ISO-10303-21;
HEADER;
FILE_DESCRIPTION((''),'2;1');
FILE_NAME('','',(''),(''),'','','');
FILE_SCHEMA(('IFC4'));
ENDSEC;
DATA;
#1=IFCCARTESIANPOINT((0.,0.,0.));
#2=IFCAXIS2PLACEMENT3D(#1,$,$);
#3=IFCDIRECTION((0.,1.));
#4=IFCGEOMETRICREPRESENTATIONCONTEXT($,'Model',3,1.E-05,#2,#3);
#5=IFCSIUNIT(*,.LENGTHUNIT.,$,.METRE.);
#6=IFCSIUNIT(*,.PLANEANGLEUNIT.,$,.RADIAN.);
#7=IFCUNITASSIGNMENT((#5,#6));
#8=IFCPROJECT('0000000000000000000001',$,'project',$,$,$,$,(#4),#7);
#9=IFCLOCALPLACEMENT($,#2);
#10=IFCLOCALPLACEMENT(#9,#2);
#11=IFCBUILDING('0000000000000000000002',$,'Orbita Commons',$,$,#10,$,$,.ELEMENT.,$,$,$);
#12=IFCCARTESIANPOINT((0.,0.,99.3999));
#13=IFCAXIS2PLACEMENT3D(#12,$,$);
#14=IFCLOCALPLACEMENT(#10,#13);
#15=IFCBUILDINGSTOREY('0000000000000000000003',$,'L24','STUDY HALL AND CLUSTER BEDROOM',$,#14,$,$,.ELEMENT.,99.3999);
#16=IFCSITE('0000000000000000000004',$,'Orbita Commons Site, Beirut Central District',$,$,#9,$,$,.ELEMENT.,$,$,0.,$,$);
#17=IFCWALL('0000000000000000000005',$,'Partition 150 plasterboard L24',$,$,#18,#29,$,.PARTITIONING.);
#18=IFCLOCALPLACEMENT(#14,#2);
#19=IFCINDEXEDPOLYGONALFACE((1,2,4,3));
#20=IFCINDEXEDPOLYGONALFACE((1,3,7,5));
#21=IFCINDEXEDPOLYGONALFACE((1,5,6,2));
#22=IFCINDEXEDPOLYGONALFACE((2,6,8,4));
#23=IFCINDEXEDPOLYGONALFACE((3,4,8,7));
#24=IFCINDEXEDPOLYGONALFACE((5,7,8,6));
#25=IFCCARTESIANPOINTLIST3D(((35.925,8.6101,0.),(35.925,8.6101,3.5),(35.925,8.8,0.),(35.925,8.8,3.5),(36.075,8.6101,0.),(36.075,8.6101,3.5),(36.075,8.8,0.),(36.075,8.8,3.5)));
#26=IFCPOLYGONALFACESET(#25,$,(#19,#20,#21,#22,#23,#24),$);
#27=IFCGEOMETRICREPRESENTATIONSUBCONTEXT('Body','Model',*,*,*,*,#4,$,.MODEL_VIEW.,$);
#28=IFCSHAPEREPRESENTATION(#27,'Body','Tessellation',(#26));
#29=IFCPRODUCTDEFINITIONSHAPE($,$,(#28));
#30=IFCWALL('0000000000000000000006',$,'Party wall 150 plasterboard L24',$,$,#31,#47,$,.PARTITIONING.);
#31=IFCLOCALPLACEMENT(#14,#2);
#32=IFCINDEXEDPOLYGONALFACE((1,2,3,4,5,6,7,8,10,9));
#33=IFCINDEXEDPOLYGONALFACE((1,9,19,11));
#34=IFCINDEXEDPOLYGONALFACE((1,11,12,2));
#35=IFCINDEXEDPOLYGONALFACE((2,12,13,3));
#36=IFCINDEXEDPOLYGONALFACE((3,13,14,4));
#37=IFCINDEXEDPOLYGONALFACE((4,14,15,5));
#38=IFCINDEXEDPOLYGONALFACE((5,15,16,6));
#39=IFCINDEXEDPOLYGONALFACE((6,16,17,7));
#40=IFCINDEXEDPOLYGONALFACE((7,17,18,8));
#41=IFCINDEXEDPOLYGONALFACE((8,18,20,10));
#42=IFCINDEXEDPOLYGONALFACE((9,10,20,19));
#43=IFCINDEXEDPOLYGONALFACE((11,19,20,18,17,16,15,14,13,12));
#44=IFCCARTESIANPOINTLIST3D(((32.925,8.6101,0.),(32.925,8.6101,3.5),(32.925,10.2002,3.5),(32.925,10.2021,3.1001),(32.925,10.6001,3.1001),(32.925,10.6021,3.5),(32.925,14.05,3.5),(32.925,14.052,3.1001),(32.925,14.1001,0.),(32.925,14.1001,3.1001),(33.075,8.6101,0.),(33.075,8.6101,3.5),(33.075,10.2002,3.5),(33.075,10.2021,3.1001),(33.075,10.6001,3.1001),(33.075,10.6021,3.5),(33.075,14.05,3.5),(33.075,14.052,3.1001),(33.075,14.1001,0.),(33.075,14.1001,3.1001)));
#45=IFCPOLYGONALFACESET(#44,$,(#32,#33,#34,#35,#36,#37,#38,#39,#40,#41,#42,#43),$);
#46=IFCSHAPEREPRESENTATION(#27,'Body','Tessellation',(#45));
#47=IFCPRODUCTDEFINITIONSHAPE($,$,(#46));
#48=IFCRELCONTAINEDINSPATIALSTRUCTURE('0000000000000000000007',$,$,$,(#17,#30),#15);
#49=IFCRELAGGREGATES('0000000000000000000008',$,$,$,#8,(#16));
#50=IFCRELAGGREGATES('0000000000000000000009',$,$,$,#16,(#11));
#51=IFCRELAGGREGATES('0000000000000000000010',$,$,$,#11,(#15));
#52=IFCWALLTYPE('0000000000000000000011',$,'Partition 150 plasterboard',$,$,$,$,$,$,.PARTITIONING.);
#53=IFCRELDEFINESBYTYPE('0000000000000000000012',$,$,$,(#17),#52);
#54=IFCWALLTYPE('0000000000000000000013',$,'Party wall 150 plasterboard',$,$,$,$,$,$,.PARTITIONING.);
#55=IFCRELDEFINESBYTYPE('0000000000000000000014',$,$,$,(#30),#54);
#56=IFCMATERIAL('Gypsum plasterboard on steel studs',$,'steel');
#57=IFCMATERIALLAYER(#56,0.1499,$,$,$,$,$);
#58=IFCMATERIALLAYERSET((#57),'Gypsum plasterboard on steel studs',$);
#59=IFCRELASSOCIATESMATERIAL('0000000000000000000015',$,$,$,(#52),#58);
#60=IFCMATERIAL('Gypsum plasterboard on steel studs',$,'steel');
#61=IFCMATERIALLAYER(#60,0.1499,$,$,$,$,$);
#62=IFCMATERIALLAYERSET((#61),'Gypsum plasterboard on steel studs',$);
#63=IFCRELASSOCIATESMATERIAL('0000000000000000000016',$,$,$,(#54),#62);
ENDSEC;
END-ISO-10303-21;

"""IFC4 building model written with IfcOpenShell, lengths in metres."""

from ifc_helpers import new_model, si_unit, direction, frame, frame_2d, origin, place, context, subcontext, project, spatial, polyline, rectangle, outline, extrude, material, layer, layer_set, type_object, element, save


model = new_model("IFC4")

# Units and contexts
model_context = context("Model", 3, precision=1e-05, world=origin(), true_north=direction((0.0, 1.0)))
body_context = subcontext(model_context, "Body", "Model", "MODEL_VIEW")
ifc_project = project(units=[si_unit("LENGTHUNIT", "METRE"), si_unit("PLANEANGLEUNIT", "RADIAN")], contexts=[model_context])

# Site, building, storey
site_placement = place(None, origin())
site = spatial("IfcSite", under=ifc_project, at=site_placement, Name="Orbita Commons Site, Beirut Central District", CompositionType="ELEMENT", RefElevation=0.0)
building_placement = place(site_placement, origin())
building = spatial("IfcBuilding", under=site, at=building_placement, Name="Orbita Commons", CompositionType="ELEMENT")
storey_placement = place(building_placement, frame((0.0, 0.0, 99.3999)))
storey = spatial("IfcBuildingStorey", under=building, at=storey_placement, Name="L24", Description="STUDY HALL AND CLUSTER BEDROOM", CompositionType="ELEMENT", Elevation=99.3999)

# Walls
ifc_material_1 = material(Name="Gypsum plasterboard on steel studs", Category="steel")
ifc_layer_1 = layer(ifc_material_1, 0.1499)
ifc_layer_set_1 = layer_set([ifc_layer_1], Name="Gypsum plasterboard on steel studs")
wall_type_1 = type_object("IfcWallType", Name="Partition 150 plasterboard", PredefinedType="PARTITIONING", material=ifc_layer_set_1)
for number, where, z_axis, x_axis, name in (
    (1, (36.0, 8.8, 0.0), (0.0, 0.0, 1.0), (0.0, -1.0, 0.0), "Partition 150 plasterboard L24"),
):
    element("IfcWall", number, at=place(storey_placement, frame(where, z_axis=z_axis, x_axis=x_axis)), inside=storey, type_object=wall_type_1, Name=name, PredefinedType="PARTITIONING", context=body_context, shape_type="SweptSolid", body=[
        extrude(rectangle(XDim=0.1899, YDim=0.1499, at=frame_2d((0.095, 0.0))), origin(), (0.0, 0.0, 1.0), 3.5),
    ])
ifc_material_2 = material(Name="Gypsum plasterboard on steel studs", Category="steel")
ifc_layer_2 = layer(ifc_material_2, 0.1499)
ifc_layer_set_2 = layer_set([ifc_layer_2], Name="Gypsum plasterboard on steel studs")
wall_type_2 = type_object("IfcWallType", Name="Party wall 150 plasterboard", PredefinedType="PARTITIONING", material=ifc_layer_set_2)
wall_placement = place(storey_placement, frame((33.0, 8.6101, 0.0), z_axis=(0.0, 0.0, 1.0), x_axis=(0.0, 1.0, 0.0)))
element("IfcWall", 2, at=wall_placement, inside=storey, type_object=wall_type_2, Name="Party wall 150 plasterboard L24", PredefinedType="PARTITIONING", context=body_context, shape_type="SweptSolid", body=[
    extrude(outline(polyline([(0.0, 0.0), (5.49, 0.0), (5.49, 3.1001), (5.4419, 3.1001), (5.4399, 3.5), (1.9919, 3.5), (1.99, 3.1001), (1.592, 3.1001), (1.5901, 3.5), (0.0, 3.5), (0.0, 0.0)])), frame((0.0, 0.075, 0.0), z_axis=(0.0, -1.0, 0.0), x_axis=(1.0, 0.0, 0.0)), (0.0, 0.0, 1.0), 0.1499),
])

save(model, "model.ifc")
